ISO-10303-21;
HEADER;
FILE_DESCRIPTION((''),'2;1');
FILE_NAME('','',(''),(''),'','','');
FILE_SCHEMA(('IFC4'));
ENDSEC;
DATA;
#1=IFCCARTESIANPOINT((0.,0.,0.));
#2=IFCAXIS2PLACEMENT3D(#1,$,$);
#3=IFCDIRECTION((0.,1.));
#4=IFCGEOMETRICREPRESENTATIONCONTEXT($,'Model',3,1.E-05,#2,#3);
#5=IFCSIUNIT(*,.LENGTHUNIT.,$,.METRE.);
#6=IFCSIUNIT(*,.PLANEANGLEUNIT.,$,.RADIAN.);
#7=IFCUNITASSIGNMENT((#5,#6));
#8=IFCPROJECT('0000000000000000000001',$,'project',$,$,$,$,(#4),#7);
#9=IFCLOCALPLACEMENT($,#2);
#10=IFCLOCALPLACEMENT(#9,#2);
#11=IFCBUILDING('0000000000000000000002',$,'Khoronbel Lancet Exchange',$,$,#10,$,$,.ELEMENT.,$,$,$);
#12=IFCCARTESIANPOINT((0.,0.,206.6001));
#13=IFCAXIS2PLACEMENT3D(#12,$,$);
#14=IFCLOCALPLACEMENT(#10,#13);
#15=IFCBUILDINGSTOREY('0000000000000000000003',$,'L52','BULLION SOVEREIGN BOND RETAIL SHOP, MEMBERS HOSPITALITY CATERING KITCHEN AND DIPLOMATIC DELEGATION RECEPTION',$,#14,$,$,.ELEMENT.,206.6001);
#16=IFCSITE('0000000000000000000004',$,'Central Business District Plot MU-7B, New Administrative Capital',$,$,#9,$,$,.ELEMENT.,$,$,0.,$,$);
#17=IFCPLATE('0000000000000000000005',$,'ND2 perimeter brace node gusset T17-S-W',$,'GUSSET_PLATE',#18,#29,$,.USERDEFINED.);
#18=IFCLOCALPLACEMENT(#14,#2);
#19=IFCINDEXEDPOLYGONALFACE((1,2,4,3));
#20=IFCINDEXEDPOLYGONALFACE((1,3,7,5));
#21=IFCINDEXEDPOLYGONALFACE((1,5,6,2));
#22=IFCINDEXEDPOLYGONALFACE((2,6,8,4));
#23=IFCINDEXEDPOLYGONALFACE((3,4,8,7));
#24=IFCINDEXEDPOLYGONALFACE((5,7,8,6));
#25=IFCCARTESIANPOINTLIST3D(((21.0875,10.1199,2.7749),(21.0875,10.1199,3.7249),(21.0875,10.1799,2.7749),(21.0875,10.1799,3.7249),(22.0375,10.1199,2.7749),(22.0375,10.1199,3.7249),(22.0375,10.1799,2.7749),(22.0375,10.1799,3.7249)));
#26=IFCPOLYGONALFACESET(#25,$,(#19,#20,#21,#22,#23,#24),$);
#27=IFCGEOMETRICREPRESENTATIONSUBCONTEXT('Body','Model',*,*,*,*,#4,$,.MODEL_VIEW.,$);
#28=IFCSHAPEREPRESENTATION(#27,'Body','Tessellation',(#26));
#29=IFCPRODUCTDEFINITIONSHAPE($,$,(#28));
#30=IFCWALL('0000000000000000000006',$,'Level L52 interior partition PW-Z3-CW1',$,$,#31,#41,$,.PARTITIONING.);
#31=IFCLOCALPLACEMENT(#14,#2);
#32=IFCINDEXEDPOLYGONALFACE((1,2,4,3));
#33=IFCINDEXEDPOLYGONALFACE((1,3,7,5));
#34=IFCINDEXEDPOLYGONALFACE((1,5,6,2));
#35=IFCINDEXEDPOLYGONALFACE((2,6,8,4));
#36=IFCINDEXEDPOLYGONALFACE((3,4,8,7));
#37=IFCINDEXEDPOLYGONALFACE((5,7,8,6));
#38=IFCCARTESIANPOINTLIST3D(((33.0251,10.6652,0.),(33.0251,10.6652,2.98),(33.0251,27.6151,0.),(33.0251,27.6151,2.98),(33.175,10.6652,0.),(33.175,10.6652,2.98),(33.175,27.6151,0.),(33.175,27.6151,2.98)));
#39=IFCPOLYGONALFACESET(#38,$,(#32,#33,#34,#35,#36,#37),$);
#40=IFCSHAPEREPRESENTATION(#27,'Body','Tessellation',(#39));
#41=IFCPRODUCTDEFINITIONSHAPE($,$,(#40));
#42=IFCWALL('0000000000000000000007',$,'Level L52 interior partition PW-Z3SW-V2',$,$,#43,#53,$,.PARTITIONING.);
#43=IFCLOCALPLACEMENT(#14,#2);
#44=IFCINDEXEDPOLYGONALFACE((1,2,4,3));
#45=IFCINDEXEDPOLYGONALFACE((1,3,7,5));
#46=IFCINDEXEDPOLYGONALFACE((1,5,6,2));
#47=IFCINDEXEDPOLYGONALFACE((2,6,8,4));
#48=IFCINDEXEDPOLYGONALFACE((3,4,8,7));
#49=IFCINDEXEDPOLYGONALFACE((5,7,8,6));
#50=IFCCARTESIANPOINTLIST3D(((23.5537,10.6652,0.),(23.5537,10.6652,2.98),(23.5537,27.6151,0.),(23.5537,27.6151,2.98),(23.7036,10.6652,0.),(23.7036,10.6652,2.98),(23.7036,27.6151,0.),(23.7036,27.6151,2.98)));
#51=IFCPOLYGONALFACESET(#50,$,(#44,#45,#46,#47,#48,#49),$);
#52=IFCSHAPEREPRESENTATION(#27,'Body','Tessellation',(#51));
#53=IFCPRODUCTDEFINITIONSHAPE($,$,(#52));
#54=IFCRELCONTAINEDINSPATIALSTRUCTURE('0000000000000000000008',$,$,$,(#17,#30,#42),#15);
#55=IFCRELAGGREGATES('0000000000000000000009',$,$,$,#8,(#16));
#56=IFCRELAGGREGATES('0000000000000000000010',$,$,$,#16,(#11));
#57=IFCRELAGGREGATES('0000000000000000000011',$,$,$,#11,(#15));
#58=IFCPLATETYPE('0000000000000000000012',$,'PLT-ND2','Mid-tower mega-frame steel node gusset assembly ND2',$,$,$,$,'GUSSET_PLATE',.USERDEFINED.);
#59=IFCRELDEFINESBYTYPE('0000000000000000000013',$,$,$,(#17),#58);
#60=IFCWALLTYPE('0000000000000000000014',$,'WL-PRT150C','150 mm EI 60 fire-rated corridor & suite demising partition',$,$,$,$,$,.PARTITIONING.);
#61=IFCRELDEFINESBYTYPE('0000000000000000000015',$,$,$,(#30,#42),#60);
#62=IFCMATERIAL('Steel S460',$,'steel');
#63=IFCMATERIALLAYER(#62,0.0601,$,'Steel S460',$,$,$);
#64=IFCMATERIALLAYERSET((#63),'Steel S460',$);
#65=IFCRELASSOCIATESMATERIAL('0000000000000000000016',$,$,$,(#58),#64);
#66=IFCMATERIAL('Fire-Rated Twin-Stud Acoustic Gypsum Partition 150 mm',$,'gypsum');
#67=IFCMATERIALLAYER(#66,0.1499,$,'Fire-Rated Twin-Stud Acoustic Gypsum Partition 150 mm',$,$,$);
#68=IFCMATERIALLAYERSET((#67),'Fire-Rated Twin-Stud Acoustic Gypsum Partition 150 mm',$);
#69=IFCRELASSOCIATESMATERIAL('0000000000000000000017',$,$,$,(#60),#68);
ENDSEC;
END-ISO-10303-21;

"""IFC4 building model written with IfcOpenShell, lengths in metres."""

from ifc_helpers import new_model, si_unit, direction, frame, frame_2d, origin, origin_2d, place, context, subcontext, project, spatial, rectangle, extrude, material, layer, layer_set, type_object, element, save


model = new_model("IFC4")

# Units and contexts
model_context = context("Model", 3, precision=1e-05, world=origin(), true_north=direction((0.0, 1.0)))
body_context = subcontext(model_context, "Body", "Model", "MODEL_VIEW")
ifc_project = project(units=[si_unit("LENGTHUNIT", "METRE"), si_unit("PLANEANGLEUNIT", "RADIAN")], contexts=[model_context])

# Site, building, storey
site_placement = place(None, origin())
site = spatial("IfcSite", under=ifc_project, at=site_placement, Name="Central Business District Plot MU-7B, New Administrative Capital", CompositionType="ELEMENT", RefElevation=0.0)
building_placement = place(site_placement, origin())
building = spatial("IfcBuilding", under=site, at=building_placement, Name="Khoronbel Lancet Exchange", CompositionType="ELEMENT")
storey_placement = place(building_placement, frame((0.0, 0.0, 206.6001)))
storey = spatial("IfcBuildingStorey", under=building, at=storey_placement, Name="L52", Description="BULLION SOVEREIGN BOND RETAIL SHOP, MEMBERS HOSPITALITY CATERING KITCHEN AND DIPLOMATIC DELEGATION RECEPTION", CompositionType="ELEMENT", Elevation=206.6001)

# Shared definitions
ifc_material_1 = material(Name="Steel S460", Category="steel")

# Plate
ifc_layer_1 = layer(ifc_material_1, 0.0601, Name="Steel S460")
ifc_layer_set_1 = layer_set([ifc_layer_1], Name="Steel S460")
plate_type_1 = type_object("IfcPlateType", Name="PLT-ND2", Description="Mid-tower mega-frame steel node gusset assembly ND2", ElementType="GUSSET_PLATE", PredefinedType="USERDEFINED", material=ifc_layer_set_1)
plate_1_placement = place(storey_placement, frame((21.5625, 10.1499, 2.7749), z_axis=(0.0, 0.0, 1.0), x_axis=(1.0, 0.0, 0.0)))
element("IfcPlate", 1, at=plate_1_placement, inside=storey, type_object=plate_type_1, Name="ND2 perimeter brace node gusset T17-S-W", ObjectType="GUSSET_PLATE", PredefinedType="USERDEFINED", context=body_context, shape_type="SweptSolid", body=[
    extrude(rectangle(XDim=0.95, YDim=0.0601, at=origin_2d()), origin(), (0.0, 0.0, 1.0), 0.95),
])

# Walls
ifc_material_2 = material(Name="Fire-Rated Twin-Stud Acoustic Gypsum Partition 150 mm", Category="gypsum")
ifc_layer_2 = layer(ifc_material_2, 0.1499, Name="Fire-Rated Twin-Stud Acoustic Gypsum Partition 150 mm")
ifc_layer_set_2 = layer_set([ifc_layer_2], Name="Fire-Rated Twin-Stud Acoustic Gypsum Partition 150 mm")
wall_type = type_object("IfcWallType", Name="WL-PRT150C", Description="150 mm EI 60 fire-rated corridor & suite demising partition", PredefinedType="PARTITIONING", material=ifc_layer_set_2)
for number, where, z_axis, x_axis, name in (
    (2, (33.1001, 10.665, 0.0), (0.0, 0.0, 1.0), (0.0, 1.0, 0.0), "Level L52 interior partition PW-Z3-CW1"),
    (3, (23.6287, 10.665, 0.0), (0.0, 0.0, 1.0), (0.0, 1.0, 0.0), "Level L52 interior partition PW-Z3SW-V2"),
):
    element("IfcWall", number, at=place(storey_placement, frame(where, z_axis=z_axis, x_axis=x_axis)), inside=storey, type_object=wall_type, Name=name, PredefinedType="PARTITIONING", context=body_context, shape_type="SweptSolid", body=[
        extrude(rectangle(XDim=16.95, YDim=0.1499, at=frame_2d((8.4751, 0.0))), origin(), (0.0, 0.0, 1.0), 2.98),
    ])

save(model, "model.ifc")
